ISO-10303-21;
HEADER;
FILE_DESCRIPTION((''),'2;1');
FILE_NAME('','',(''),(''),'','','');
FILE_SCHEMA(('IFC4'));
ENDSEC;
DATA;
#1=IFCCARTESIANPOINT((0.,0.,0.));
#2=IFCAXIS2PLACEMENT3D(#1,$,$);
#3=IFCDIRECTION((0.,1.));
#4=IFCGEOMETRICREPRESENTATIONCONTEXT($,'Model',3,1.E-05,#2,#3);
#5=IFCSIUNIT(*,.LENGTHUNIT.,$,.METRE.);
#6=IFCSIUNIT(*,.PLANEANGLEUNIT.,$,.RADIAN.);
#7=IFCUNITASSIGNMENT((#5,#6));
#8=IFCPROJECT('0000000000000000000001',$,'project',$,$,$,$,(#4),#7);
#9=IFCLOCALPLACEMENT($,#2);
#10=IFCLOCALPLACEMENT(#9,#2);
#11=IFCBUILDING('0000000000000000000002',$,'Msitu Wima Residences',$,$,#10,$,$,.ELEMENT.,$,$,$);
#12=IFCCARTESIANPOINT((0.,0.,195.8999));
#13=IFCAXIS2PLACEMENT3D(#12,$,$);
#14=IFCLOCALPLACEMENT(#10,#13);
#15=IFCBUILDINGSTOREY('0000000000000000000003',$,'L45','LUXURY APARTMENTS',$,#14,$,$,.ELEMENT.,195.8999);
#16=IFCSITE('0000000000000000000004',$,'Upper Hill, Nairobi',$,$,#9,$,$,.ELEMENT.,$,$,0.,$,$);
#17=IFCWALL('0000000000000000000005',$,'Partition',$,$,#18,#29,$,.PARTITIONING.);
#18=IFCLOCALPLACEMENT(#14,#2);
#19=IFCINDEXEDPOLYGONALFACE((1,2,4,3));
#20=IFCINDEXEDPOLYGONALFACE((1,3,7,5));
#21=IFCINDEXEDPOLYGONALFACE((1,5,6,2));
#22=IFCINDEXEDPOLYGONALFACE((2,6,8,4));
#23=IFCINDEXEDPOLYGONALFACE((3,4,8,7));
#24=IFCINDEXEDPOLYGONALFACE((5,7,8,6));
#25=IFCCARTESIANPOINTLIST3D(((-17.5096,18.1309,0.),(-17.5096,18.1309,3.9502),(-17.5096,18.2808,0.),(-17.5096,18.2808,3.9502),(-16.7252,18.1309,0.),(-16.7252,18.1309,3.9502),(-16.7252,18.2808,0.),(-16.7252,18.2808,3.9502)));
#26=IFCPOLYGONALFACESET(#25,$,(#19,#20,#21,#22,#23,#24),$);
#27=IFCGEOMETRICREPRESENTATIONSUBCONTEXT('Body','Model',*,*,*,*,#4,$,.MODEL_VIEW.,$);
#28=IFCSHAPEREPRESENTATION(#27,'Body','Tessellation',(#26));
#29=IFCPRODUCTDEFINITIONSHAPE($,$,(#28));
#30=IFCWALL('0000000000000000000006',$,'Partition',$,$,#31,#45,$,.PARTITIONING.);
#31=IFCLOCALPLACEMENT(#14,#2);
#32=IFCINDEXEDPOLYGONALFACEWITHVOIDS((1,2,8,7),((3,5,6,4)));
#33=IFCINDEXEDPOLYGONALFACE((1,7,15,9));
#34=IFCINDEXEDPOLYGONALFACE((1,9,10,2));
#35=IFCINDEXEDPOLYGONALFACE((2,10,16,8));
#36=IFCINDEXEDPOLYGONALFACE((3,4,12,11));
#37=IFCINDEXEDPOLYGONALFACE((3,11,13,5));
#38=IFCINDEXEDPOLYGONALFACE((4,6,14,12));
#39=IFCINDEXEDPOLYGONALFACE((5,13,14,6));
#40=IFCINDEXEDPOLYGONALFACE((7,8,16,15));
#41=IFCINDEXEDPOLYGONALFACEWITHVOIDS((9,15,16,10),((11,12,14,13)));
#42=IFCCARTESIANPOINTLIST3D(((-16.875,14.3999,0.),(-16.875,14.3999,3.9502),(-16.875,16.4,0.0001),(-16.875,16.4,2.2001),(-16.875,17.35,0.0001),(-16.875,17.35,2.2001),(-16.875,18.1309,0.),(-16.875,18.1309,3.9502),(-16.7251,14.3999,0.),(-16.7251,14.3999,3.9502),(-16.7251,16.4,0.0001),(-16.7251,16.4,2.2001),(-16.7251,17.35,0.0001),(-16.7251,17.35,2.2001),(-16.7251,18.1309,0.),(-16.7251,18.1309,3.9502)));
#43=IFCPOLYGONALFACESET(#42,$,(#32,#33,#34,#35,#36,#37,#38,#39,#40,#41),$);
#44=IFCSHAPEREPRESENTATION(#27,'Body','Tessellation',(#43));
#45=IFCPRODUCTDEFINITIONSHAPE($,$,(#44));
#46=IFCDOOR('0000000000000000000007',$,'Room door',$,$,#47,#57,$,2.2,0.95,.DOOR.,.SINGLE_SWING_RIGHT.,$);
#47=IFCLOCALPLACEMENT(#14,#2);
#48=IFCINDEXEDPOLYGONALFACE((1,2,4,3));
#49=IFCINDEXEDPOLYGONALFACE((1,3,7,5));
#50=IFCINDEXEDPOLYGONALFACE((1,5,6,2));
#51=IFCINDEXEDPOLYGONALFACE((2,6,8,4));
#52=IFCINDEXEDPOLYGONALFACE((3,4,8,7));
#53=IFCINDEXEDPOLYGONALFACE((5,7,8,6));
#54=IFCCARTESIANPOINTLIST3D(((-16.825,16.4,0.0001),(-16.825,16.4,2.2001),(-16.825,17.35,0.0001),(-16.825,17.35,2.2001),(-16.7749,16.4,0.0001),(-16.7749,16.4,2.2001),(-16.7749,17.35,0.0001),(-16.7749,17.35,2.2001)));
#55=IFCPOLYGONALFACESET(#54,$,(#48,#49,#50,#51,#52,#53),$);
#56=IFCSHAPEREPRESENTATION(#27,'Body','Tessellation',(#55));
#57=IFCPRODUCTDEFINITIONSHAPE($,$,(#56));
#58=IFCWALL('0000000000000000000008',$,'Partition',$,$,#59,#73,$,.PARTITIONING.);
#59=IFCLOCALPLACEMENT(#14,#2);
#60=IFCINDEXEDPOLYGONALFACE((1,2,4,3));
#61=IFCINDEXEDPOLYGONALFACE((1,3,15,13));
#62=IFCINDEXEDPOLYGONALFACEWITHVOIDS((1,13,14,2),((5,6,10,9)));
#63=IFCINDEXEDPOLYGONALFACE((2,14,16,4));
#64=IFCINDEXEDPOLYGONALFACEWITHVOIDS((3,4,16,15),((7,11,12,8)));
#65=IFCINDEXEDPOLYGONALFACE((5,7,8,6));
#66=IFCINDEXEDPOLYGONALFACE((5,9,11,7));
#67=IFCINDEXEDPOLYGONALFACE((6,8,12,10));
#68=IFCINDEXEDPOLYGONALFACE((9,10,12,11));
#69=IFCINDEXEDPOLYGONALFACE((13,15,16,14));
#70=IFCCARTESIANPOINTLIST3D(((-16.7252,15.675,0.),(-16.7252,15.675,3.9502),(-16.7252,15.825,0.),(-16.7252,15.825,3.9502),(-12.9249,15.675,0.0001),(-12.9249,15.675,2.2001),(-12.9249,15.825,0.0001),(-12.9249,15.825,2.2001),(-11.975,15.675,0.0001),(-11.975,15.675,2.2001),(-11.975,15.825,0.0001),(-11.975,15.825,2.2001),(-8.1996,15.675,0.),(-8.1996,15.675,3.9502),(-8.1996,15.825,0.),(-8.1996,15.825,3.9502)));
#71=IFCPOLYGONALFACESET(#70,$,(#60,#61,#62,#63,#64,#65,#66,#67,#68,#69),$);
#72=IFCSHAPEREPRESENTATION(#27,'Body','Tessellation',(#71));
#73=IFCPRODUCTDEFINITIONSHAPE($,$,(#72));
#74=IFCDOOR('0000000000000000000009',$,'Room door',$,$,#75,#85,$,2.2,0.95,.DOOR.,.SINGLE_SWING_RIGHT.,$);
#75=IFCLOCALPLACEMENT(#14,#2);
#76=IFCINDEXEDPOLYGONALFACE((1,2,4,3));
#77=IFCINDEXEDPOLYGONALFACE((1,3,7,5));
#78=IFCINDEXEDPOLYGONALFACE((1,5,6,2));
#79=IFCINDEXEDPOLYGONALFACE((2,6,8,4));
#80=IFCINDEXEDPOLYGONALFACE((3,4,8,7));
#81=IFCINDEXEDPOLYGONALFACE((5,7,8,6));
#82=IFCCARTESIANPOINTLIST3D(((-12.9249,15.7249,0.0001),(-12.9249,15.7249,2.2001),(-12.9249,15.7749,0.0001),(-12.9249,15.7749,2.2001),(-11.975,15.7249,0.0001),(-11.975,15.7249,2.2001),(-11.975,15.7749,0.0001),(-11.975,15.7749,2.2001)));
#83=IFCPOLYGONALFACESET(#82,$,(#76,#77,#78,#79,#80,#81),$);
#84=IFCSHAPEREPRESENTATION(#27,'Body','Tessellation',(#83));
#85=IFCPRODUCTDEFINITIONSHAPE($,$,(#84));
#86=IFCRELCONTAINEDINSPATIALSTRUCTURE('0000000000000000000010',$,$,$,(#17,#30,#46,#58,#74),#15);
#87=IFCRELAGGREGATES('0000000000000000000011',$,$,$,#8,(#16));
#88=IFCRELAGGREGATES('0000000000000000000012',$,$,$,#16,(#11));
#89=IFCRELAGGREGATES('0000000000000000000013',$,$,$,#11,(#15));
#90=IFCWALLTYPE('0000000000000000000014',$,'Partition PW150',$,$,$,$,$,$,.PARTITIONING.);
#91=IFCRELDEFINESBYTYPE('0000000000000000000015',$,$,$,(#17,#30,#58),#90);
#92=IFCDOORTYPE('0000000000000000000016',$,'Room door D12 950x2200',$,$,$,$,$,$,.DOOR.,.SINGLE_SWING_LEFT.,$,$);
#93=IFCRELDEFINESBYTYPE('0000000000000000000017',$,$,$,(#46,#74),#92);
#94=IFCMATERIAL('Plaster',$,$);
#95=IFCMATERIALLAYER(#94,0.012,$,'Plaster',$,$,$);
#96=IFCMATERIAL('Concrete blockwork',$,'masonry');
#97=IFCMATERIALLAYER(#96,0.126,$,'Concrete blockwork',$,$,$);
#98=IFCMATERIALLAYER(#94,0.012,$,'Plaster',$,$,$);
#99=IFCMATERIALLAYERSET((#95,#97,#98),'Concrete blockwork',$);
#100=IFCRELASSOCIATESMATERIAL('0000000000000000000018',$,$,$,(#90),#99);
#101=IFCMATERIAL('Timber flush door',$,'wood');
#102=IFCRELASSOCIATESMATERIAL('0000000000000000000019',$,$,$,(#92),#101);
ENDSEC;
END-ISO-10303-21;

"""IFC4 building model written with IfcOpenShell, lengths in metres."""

from ifc_helpers import new_model, si_unit, direction, frame, frame_2d, origin, place, context, subcontext, project, spatial, rectangle, extrude, material, layer, layer_set, type_object, element, fill, save


model = new_model("IFC4")

# Units and contexts
model_context = context("Model", 3, precision=1e-05, world=origin(), true_north=direction((0.0, 1.0)))
body_context = subcontext(model_context, "Body", "Model", "MODEL_VIEW")
ifc_project = project(units=[si_unit("LENGTHUNIT", "METRE"), si_unit("PLANEANGLEUNIT", "RADIAN")], contexts=[model_context])

# Site, building, storey
site_placement = place(None, origin())
site = spatial("IfcSite", under=ifc_project, at=site_placement, Name="Upper Hill, Nairobi", CompositionType="ELEMENT", RefElevation=0.0)
building_placement = place(site_placement, origin())
building = spatial("IfcBuilding", under=site, at=building_placement, Name="Msitu Wima Residences", CompositionType="ELEMENT")
storey_placement = place(building_placement, frame((0.0, 0.0, 195.8999)))
storey = spatial("IfcBuildingStorey", under=building, at=storey_placement, Name="L45", Description="LUXURY APARTMENTS", CompositionType="ELEMENT", Elevation=195.8999)

# Shared definitions
ifc_material_1 = material(Name="Plaster")
ifc_material_2 = material(Name="Concrete blockwork", Category="masonry")
ifc_layer_1 = layer(ifc_material_1, 0.012, Name="Plaster")
ifc_layer_2 = layer(ifc_material_2, 0.126, Name="Concrete blockwork")
ifc_layer_3 = layer(ifc_material_1, 0.012, Name="Plaster")
ifc_layer_set_1 = layer_set([ifc_layer_1, ifc_layer_2, ifc_layer_3], Name="Concrete blockwork")
wall_type_1 = type_object("IfcWallType", Name="Partition PW150", PredefinedType="PARTITIONING", material=ifc_layer_set_1)

# Shared definitions
ifc_material_3 = material(Name="Timber flush door", Category="wood")
door_type_1 = type_object("IfcDoorType", Name="Room door D12 950x2200", OperationType="SINGLE_SWING_LEFT", PredefinedType="DOOR", material=ifc_material_3)

# Wall
wall_1_placement = place(storey_placement, frame((-17.5095, 18.2058, 0.0), z_axis=(0.0, 0.0, 1.0), x_axis=(1.0, 0.0, 0.0)))
element("IfcWall", 1, at=wall_1_placement, inside=storey, type_object=wall_type_1, Name="Partition", PredefinedType="PARTITIONING", context=body_context, shape_type="SweptSolid", body=[
    extrude(rectangle(XDim=0.7844, YDim=0.1499, at=frame_2d((0.3921, 0.0))), origin(), (0.0, 0.0, 1.0), 3.9502),
])

# Walls, openings, doors
wall_2_placement = place(storey_placement, frame((-16.8, 14.3999, 0.0), z_axis=(0.0, 0.0, 1.0), x_axis=(0.0, 1.0, 0.0)))
wall_2 = element("IfcWall", 2, at=wall_2_placement, inside=storey, type_object=wall_type_1, Name="Partition", PredefinedType="PARTITIONING", context=body_context, shape_type="SweptSolid", body=[
    extrude(rectangle(XDim=3.731, YDim=0.1499, at=frame_2d((1.8655, 0.0))), origin(), (0.0, 0.0, 1.0), 3.9502),
])
opening_1_placement = place(wall_2_placement, frame((2.0, 0.0, 0.0)))
opening_1 = element("IfcOpeningElement", 3, at=opening_1_placement, cuts=wall_2, PredefinedType="OPENING", context=body_context, shape_type="SweptSolid", body=[
    extrude(rectangle(XDim=0.95, YDim=2.2, at=frame_2d((0.4751, 1.1001))), frame((0.0, 0.085, 0.0), z_axis=(0.0, -1.0, 0.0), x_axis=(1.0, 0.0, 0.0)), (0.0, 0.0, 1.0), 0.1699),
])
door_1_placement = place(opening_1_placement, origin())
door_1 = element("IfcDoor", 4, at=door_1_placement, inside=storey, type_object=door_type_1, Name="Room door", OperationType="SINGLE_SWING_RIGHT", OverallHeight=2.2, OverallWidth=0.95, PredefinedType="DOOR", context=body_context, shape_type="SweptSolid", body=[
    extrude(rectangle(XDim=0.95, YDim=2.2, at=frame_2d((0.4751, 1.1001))), frame((0.0, 0.0249, 0.0), z_axis=(0.0, -1.0, 0.0), x_axis=(1.0, 0.0, 0.0)), (0.0, 0.0, 1.0), 0.05),
])
fill(opening_1, door_1)
wall_3_placement = place(storey_placement, frame((-16.7251, 15.75, 0.0), z_axis=(0.0, 0.0, 1.0), x_axis=(1.0, 0.0, 0.0)))
wall_3 = element("IfcWall", 5, at=wall_3_placement, inside=storey, type_object=wall_type_1, Name="Partition", PredefinedType="PARTITIONING", context=body_context, shape_type="SweptSolid", body=[
    extrude(rectangle(XDim=8.5256, YDim=0.1499, at=frame_2d((4.2627, 0.0))), origin(), (0.0, 0.0, 1.0), 3.9502),
])
opening_2_placement = place(wall_3_placement, frame((3.8, 0.0, 0.0)))
opening_2 = element("IfcOpeningElement", 6, at=opening_2_placement, cuts=wall_3, PredefinedType="OPENING", context=body_context, shape_type="SweptSolid", body=[
    extrude(rectangle(XDim=0.95, YDim=2.2, at=frame_2d((0.4751, 1.1001))), frame((0.0, 0.085, 0.0), z_axis=(0.0, -1.0, 0.0), x_axis=(1.0, 0.0, 0.0)), (0.0, 0.0, 1.0), 0.1699),
])
door_2_placement = place(opening_2_placement, origin())
door_2 = element("IfcDoor", 7, at=door_2_placement, inside=storey, type_object=door_type_1, Name="Room door", OperationType="SINGLE_SWING_RIGHT", OverallHeight=2.2, OverallWidth=0.95, PredefinedType="DOOR", context=body_context, shape_type="SweptSolid", body=[
    extrude(rectangle(XDim=0.95, YDim=2.2, at=frame_2d((0.4751, 1.1001))), frame((0.0, 0.0249, 0.0), z_axis=(0.0, -1.0, 0.0), x_axis=(1.0, 0.0, 0.0)), (0.0, 0.0, 1.0), 0.05),
])
fill(opening_2, door_2)

save(model, "model.ifc")
